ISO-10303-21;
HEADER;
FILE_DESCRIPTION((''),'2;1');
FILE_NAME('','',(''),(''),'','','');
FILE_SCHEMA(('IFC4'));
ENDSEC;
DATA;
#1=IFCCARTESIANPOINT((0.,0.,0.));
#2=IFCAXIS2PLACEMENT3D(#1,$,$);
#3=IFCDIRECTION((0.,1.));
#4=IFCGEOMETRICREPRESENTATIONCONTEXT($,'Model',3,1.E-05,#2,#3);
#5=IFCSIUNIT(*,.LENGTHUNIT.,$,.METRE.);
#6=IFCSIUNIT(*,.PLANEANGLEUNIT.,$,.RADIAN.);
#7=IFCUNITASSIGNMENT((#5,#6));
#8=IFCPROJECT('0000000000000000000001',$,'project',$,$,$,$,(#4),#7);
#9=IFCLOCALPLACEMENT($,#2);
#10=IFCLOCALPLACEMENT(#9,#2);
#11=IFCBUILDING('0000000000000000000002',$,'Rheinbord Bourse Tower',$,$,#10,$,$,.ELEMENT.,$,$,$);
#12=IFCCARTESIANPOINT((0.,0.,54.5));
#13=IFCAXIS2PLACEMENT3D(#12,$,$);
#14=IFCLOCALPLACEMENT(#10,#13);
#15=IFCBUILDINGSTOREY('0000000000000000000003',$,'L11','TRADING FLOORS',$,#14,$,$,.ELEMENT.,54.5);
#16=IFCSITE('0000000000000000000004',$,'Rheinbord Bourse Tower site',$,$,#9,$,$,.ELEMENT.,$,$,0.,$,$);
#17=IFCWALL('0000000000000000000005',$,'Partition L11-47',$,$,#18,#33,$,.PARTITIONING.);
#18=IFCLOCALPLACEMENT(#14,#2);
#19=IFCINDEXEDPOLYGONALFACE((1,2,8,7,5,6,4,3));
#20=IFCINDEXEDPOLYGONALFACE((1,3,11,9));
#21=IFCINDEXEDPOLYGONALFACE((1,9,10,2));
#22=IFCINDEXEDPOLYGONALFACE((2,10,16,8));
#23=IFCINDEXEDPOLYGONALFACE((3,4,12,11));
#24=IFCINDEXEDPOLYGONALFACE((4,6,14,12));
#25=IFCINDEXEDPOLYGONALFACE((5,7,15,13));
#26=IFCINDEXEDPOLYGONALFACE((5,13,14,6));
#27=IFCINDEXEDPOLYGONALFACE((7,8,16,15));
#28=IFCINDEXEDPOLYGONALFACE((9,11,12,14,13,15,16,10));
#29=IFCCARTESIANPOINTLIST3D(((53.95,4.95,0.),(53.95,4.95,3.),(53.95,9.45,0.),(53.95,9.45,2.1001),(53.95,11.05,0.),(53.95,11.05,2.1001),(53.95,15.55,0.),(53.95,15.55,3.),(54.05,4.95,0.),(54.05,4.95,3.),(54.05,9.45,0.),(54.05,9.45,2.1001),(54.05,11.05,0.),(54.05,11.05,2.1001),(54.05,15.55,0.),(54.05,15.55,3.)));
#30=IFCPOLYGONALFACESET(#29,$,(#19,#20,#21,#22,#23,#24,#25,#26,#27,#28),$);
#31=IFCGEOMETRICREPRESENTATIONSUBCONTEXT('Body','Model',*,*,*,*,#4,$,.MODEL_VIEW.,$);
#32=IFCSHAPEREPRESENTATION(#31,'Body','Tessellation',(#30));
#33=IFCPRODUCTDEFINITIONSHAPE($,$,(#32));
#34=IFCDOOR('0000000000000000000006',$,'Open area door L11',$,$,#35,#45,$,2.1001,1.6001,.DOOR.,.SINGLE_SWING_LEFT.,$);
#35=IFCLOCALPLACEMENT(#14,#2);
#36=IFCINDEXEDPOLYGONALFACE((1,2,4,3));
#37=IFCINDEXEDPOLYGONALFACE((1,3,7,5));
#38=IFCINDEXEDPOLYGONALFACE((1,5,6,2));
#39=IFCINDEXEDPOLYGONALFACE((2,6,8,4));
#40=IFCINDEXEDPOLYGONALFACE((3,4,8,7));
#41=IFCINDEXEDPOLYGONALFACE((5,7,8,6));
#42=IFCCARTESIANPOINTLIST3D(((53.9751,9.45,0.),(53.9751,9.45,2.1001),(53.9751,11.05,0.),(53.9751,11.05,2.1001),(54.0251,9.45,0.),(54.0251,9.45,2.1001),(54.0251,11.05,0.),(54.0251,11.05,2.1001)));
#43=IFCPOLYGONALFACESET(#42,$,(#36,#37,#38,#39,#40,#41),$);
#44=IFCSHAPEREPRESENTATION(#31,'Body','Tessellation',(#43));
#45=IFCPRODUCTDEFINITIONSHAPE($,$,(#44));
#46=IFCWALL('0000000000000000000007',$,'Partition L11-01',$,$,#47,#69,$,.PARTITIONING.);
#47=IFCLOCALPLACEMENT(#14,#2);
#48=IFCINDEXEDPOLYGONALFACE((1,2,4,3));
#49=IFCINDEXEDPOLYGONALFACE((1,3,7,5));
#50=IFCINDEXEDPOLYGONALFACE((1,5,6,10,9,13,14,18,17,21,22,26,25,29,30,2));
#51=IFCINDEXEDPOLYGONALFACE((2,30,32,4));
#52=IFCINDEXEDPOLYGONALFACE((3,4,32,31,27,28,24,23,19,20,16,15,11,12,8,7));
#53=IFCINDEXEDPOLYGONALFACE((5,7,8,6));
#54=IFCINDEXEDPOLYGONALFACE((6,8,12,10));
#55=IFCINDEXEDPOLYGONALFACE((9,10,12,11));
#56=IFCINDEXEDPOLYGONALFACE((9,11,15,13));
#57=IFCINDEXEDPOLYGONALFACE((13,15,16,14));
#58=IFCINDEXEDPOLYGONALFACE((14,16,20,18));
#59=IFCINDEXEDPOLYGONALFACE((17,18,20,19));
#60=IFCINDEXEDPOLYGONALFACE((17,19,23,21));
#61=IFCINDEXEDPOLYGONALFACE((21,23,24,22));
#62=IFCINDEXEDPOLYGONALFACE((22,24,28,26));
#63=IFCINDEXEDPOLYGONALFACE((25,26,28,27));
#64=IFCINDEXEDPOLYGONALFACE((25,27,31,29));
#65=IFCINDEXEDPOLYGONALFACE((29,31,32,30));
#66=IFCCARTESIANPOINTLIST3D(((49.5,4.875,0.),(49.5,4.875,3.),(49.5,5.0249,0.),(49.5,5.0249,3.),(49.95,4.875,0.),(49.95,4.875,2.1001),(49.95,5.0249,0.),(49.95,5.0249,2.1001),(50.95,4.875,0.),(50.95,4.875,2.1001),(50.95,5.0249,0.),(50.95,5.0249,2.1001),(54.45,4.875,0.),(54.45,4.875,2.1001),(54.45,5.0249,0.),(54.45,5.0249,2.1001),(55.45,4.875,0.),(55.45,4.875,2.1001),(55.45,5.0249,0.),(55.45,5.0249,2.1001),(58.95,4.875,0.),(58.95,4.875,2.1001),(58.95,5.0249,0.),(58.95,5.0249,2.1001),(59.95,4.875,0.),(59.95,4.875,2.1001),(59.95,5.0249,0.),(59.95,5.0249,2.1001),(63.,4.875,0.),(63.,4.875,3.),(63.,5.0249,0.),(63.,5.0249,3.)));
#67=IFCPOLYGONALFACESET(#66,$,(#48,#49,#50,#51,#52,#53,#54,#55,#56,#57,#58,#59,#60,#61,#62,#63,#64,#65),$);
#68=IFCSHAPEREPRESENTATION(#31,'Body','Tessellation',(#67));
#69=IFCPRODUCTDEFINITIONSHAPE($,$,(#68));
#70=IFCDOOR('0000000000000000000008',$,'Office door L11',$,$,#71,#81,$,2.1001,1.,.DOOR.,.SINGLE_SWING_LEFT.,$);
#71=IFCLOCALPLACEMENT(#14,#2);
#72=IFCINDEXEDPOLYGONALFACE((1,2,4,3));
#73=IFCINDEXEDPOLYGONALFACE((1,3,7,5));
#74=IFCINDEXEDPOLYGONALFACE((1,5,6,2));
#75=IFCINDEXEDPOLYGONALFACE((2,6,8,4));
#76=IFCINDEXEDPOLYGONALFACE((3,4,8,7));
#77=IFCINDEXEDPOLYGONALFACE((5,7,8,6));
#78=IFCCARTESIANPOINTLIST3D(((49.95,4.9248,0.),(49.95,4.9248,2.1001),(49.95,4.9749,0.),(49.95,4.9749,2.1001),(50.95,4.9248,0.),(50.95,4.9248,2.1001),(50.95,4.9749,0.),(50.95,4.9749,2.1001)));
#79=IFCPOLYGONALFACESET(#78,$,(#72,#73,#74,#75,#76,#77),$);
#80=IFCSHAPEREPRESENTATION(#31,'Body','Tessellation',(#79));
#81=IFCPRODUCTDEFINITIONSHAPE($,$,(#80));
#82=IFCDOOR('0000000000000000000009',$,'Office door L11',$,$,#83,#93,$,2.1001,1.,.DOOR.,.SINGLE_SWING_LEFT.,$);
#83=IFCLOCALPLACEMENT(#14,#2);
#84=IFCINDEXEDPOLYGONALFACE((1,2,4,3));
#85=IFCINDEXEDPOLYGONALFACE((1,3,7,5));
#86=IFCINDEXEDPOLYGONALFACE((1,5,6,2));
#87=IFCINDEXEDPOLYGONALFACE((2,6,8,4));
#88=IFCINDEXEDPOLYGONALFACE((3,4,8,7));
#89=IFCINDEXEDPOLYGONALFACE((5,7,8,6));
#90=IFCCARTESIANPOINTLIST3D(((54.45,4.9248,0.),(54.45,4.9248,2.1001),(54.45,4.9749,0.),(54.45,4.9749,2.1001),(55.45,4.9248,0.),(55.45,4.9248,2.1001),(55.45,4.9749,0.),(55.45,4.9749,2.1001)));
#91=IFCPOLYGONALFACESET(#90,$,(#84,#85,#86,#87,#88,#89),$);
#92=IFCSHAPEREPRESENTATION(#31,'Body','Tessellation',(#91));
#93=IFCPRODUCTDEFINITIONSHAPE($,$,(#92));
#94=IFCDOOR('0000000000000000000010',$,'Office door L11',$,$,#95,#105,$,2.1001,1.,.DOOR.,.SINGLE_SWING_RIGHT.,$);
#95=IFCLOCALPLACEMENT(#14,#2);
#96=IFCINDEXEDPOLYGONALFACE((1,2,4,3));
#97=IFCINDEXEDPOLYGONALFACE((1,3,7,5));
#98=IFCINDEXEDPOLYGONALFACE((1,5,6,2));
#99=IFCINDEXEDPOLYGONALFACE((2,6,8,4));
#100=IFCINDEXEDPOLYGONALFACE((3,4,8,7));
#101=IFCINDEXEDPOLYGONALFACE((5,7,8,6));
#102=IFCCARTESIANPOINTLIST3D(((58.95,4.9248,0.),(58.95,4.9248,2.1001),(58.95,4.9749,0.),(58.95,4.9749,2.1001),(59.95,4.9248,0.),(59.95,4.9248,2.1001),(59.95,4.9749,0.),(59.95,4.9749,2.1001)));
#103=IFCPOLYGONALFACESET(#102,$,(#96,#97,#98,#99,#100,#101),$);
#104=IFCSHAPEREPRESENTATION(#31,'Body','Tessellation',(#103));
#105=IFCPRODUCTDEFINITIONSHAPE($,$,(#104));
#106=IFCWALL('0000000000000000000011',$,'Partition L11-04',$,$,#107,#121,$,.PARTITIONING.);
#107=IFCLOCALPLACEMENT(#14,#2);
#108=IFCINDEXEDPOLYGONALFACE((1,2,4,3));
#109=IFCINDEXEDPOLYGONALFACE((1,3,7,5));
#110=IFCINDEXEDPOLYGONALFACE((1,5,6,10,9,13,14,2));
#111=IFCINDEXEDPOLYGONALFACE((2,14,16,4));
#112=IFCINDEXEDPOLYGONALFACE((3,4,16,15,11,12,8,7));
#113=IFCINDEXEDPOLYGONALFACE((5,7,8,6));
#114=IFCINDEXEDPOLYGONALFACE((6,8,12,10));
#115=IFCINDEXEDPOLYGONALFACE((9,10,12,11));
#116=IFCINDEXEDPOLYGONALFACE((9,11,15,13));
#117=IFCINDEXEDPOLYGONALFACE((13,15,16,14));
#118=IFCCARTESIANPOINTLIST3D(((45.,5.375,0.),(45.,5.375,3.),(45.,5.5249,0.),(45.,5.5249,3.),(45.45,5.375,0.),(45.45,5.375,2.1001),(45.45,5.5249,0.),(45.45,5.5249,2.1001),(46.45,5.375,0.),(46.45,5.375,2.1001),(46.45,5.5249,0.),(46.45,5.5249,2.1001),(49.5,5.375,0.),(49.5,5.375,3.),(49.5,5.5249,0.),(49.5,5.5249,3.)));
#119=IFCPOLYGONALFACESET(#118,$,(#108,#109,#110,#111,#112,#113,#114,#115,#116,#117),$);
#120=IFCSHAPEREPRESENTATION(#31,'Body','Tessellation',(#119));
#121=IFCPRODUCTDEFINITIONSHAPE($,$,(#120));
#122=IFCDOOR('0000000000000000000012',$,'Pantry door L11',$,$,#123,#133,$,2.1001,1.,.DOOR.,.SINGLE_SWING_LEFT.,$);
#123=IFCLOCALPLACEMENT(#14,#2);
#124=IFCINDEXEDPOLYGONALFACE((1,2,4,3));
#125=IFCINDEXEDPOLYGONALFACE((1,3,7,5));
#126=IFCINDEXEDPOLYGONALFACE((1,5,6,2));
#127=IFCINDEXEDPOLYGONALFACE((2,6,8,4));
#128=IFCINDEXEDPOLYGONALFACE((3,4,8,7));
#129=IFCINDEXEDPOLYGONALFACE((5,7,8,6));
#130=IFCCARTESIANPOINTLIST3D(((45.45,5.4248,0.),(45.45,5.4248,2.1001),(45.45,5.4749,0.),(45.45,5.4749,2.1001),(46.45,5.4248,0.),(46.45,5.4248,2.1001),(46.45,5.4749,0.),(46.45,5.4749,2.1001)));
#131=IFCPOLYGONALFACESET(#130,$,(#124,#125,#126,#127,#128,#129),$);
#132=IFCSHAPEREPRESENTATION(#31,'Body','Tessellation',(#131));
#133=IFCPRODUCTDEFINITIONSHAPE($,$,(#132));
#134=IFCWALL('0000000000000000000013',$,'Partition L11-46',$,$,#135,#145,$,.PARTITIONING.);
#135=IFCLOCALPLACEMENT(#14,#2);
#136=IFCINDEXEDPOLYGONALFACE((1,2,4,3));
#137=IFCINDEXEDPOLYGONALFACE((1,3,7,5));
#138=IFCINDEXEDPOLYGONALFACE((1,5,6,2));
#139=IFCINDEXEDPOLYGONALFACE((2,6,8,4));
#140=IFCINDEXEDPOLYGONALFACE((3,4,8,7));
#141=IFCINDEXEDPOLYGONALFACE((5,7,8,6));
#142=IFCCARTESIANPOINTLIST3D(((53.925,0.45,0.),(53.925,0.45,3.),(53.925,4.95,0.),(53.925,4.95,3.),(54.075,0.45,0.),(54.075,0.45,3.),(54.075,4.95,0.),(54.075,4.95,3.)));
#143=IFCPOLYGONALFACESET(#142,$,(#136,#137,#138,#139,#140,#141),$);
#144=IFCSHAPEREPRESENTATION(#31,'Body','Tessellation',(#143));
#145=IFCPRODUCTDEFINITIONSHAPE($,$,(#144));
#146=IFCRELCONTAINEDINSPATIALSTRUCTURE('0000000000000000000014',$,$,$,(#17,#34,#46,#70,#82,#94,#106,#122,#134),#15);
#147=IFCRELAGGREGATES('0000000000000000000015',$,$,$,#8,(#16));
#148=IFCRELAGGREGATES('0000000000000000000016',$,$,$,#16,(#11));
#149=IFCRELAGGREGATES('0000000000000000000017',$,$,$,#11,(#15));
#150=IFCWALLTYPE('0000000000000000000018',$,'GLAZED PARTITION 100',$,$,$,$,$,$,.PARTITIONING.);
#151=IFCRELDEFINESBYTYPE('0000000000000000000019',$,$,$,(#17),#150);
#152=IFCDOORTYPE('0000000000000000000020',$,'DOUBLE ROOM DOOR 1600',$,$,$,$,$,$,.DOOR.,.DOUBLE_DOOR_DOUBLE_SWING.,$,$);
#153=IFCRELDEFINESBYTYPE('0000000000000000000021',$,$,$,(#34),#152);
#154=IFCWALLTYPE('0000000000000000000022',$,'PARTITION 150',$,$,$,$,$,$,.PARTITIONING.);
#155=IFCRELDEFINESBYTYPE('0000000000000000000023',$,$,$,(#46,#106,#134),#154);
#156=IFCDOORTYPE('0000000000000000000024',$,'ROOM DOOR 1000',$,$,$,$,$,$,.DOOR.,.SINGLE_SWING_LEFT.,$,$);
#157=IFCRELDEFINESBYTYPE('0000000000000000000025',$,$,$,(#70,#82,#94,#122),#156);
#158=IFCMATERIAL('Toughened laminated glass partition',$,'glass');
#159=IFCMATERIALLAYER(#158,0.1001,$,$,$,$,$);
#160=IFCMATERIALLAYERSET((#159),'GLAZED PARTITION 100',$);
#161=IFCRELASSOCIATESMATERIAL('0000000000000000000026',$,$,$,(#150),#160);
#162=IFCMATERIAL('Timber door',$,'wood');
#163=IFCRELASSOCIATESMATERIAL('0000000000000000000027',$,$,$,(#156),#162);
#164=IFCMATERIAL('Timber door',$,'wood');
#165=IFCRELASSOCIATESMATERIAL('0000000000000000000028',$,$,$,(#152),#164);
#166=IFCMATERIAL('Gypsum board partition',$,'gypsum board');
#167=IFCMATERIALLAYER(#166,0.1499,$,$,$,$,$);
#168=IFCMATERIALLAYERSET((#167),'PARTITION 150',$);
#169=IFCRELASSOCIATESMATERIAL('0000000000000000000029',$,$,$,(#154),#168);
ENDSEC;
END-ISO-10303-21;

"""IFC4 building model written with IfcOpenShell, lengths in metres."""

from ifc_helpers import new_model, si_unit, direction, frame, frame_2d, origin, place, context, subcontext, project, spatial, rectangle, extrude, material, layer, layer_set, type_object, element, fill, save


model = new_model("IFC4")

# Units and contexts
model_context = context("Model", 3, precision=1e-05, world=origin(), true_north=direction((0.0, 1.0)))
body_context = subcontext(model_context, "Body", "Model", "MODEL_VIEW")
ifc_project = project(units=[si_unit("LENGTHUNIT", "METRE"), si_unit("PLANEANGLEUNIT", "RADIAN")], contexts=[model_context])

# Site, building, storey
site_placement = place(None, origin())
site = spatial("IfcSite", under=ifc_project, at=site_placement, Name="Rheinbord Bourse Tower site", CompositionType="ELEMENT", RefElevation=0.0)
building_placement = place(site_placement, origin())
building = spatial("IfcBuilding", under=site, at=building_placement, Name="Rheinbord Bourse Tower", CompositionType="ELEMENT")
storey_placement = place(building_placement, frame((0.0, 0.0, 54.5)))
storey = spatial("IfcBuildingStorey", under=building, at=storey_placement, Name="L11", Description="TRADING FLOORS", CompositionType="ELEMENT", Elevation=54.5)

# Shared definitions
ifc_material_1 = material(Name="Toughened laminated glass partition", Category="glass")
ifc_layer_1 = layer(ifc_material_1, 0.1001)
ifc_layer_set_1 = layer_set([ifc_layer_1], Name="GLAZED PARTITION 100")
wall_type_1 = type_object("IfcWallType", Name="GLAZED PARTITION 100", PredefinedType="PARTITIONING", material=ifc_layer_set_1)
ifc_material_2 = material(Name="Timber door", Category="wood")
door_type_1 = type_object("IfcDoorType", Name="ROOM DOOR 1000", OperationType="SINGLE_SWING_LEFT", PredefinedType="DOOR", material=ifc_material_2)

# Wall, opening, door
wall_1_placement = place(storey_placement, frame((54.0, 4.95, 0.0), z_axis=(0.0, 0.0, 1.0), x_axis=(0.0, 1.0, 0.0)))
wall_1 = element("IfcWall", 1, at=wall_1_placement, inside=storey, type_object=wall_type_1, Name="Partition L11-47", PredefinedType="PARTITIONING", context=body_context, shape_type="SweptSolid", body=[
    extrude(rectangle(XDim=10.6001, YDim=0.1001, at=frame_2d((5.3, 0.0))), origin(), (0.0, 0.0, 1.0), 3.0),
])
opening_1_placement = place(wall_1_placement, frame((4.5, 0.0, 0.0)))
opening_1 = element("IfcOpeningElement", 2, at=opening_1_placement, cuts=wall_1, PredefinedType="OPENING", context=body_context, shape_type="SweptSolid", body=[
    extrude(rectangle(XDim=1.6001, YDim=2.1001, at=frame_2d((0.8, 1.05))), frame((0.0, 0.0601, 0.0), z_axis=(0.0, -1.0, 0.0), x_axis=(1.0, 0.0, 0.0)), (0.0, 0.0, 1.0), 0.1201),
])
ifc_material_3 = material(Name="Timber door", Category="wood")
door_type_2 = type_object("IfcDoorType", Name="DOUBLE ROOM DOOR 1600", OperationType="DOUBLE_DOOR_DOUBLE_SWING", PredefinedType="DOOR", material=ifc_material_3)
door_1_placement = place(opening_1_placement, origin())
door_1 = element("IfcDoor", 3, at=door_1_placement, inside=storey, type_object=door_type_2, Name="Open area door L11", OperationType="SINGLE_SWING_LEFT", OverallHeight=2.1001, OverallWidth=1.6001, PredefinedType="DOOR", context=body_context, shape_type="SweptSolid", body=[
    extrude(rectangle(XDim=1.6001, YDim=2.1001, at=frame_2d((0.8, 1.05))), frame((0.0, 0.0249, 0.0), z_axis=(0.0, -1.0, 0.0), x_axis=(1.0, 0.0, 0.0)), (0.0, 0.0, 1.0), 0.05),
])
fill(opening_1, door_1)

# Wall, openings, doors
ifc_material_4 = material(Name="Gypsum board partition", Category="gypsum board")
ifc_layer_2 = layer(ifc_material_4, 0.1499)
ifc_layer_set_2 = layer_set([ifc_layer_2], Name="PARTITION 150")
wall_type_2 = type_object("IfcWallType", Name="PARTITION 150", PredefinedType="PARTITIONING", material=ifc_layer_set_2)
wall_2_placement = place(storey_placement, frame((49.5, 4.95, 0.0), z_axis=(0.0, 0.0, 1.0), x_axis=(1.0, 0.0, 0.0)))
wall_2 = element("IfcWall", 4, at=wall_2_placement, inside=storey, type_object=wall_type_2, Name="Partition L11-01", PredefinedType="PARTITIONING", context=body_context, shape_type="SweptSolid", body=[
    extrude(rectangle(XDim=13.5, YDim=0.1499, at=frame_2d((6.75, 0.0))), origin(), (0.0, 0.0, 1.0), 3.0),
])
opening_2_placement = place(wall_2_placement, frame((0.45, 0.0, 0.0)))
opening_2 = element("IfcOpeningElement", 5, at=opening_2_placement, cuts=wall_2, PredefinedType="OPENING", context=body_context, shape_type="SweptSolid", body=[
    extrude(rectangle(XDim=1.0, YDim=2.1001, at=frame_2d((0.5, 1.05))), frame((0.0, 0.085, 0.0), z_axis=(0.0, -1.0, 0.0), x_axis=(1.0, 0.0, 0.0)), (0.0, 0.0, 1.0), 0.1699),
])
opening_3_placement = place(wall_2_placement, frame((4.95, 0.0, 0.0)))
opening_3 = element("IfcOpeningElement", 6, at=opening_3_placement, cuts=wall_2, PredefinedType="OPENING", context=body_context, shape_type="SweptSolid", body=[
    extrude(rectangle(XDim=1.0, YDim=2.1001, at=frame_2d((0.5, 1.05))), frame((0.0, 0.085, 0.0), z_axis=(0.0, -1.0, 0.0), x_axis=(1.0, 0.0, 0.0)), (0.0, 0.0, 1.0), 0.1699),
])
opening_4_placement = place(wall_2_placement, frame((9.45, 0.0, 0.0)))
opening_4 = element("IfcOpeningElement", 7, at=opening_4_placement, cuts=wall_2, PredefinedType="OPENING", context=body_context, shape_type="SweptSolid", body=[
    extrude(rectangle(XDim=1.0, YDim=2.1001, at=frame_2d((0.5, 1.05))), frame((0.0, 0.085, 0.0), z_axis=(0.0, -1.0, 0.0), x_axis=(1.0, 0.0, 0.0)), (0.0, 0.0, 1.0), 0.1699),
])
door_2_placement = place(opening_2_placement, origin())
door_2 = element("IfcDoor", 8, at=door_2_placement, inside=storey, type_object=door_type_1, Name="Office door L11", OperationType="SINGLE_SWING_LEFT", OverallHeight=2.1001, OverallWidth=1.0, PredefinedType="DOOR", context=body_context, shape_type="SweptSolid", body=[
    extrude(rectangle(XDim=1.0, YDim=2.1001, at=frame_2d((0.5, 1.05))), frame((0.0, 0.0249, 0.0), z_axis=(0.0, -1.0, 0.0), x_axis=(1.0, 0.0, 0.0)), (0.0, 0.0, 1.0), 0.05),
])
fill(opening_2, door_2)
door_3_placement = place(opening_3_placement, origin())
door_3 = element("IfcDoor", 9, at=door_3_placement, inside=storey, type_object=door_type_1, Name="Office door L11", OperationType="SINGLE_SWING_LEFT", OverallHeight=2.1001, OverallWidth=1.0, PredefinedType="DOOR", context=body_context, shape_type="SweptSolid", body=[
    extrude(rectangle(XDim=1.0, YDim=2.1001, at=frame_2d((0.5, 1.05))), frame((0.0, 0.0249, 0.0), z_axis=(0.0, -1.0, 0.0), x_axis=(1.0, 0.0, 0.0)), (0.0, 0.0, 1.0), 0.05),
])
fill(opening_3, door_3)
door_4_placement = place(opening_4_placement, origin())
door_4 = element("IfcDoor", 10, at=door_4_placement, inside=storey, type_object=door_type_1, Name="Office door L11", OperationType="SINGLE_SWING_RIGHT", OverallHeight=2.1001, OverallWidth=1.0, PredefinedType="DOOR", context=body_context, shape_type="SweptSolid", body=[
    extrude(rectangle(XDim=1.0, YDim=2.1001, at=frame_2d((0.5, 1.05))), frame((0.0, 0.0249, 0.0), z_axis=(0.0, -1.0, 0.0), x_axis=(1.0, 0.0, 0.0)), (0.0, 0.0, 1.0), 0.05),
])
fill(opening_4, door_4)

# Wall, opening, door
wall_3_placement = place(storey_placement, frame((45.0, 5.45, 0.0), z_axis=(0.0, 0.0, 1.0), x_axis=(1.0, 0.0, 0.0)))
wall_3 = element("IfcWall", 11, at=wall_3_placement, inside=storey, type_object=wall_type_2, Name="Partition L11-04", PredefinedType="PARTITIONING", context=body_context, shape_type="SweptSolid", body=[
    extrude(rectangle(XDim=4.5, YDim=0.1499, at=frame_2d((2.25, 0.0))), origin(), (0.0, 0.0, 1.0), 3.0),
])
opening_5_placement = place(wall_3_placement, frame((0.45, 0.0, 0.0)))
opening_5 = element("IfcOpeningElement", 12, at=opening_5_placement, cuts=wall_3, PredefinedType="OPENING", context=body_context, shape_type="SweptSolid", body=[
    extrude(rectangle(XDim=1.0, YDim=2.1001, at=frame_2d((0.5, 1.05))), frame((0.0, 0.085, 0.0), z_axis=(0.0, -1.0, 0.0), x_axis=(1.0, 0.0, 0.0)), (0.0, 0.0, 1.0), 0.1699),
])
door_5_placement = place(opening_5_placement, origin())
door_5 = element("IfcDoor", 13, at=door_5_placement, inside=storey, type_object=door_type_1, Name="Pantry door L11", OperationType="SINGLE_SWING_LEFT", OverallHeight=2.1001, OverallWidth=1.0, PredefinedType="DOOR", context=body_context, shape_type="SweptSolid", body=[
    extrude(rectangle(XDim=1.0, YDim=2.1001, at=frame_2d((0.5, 1.05))), frame((0.0, 0.0249, 0.0), z_axis=(0.0, -1.0, 0.0), x_axis=(1.0, 0.0, 0.0)), (0.0, 0.0, 1.0), 0.05),
])
fill(opening_5, door_5)

# Wall
wall_4_placement = place(storey_placement, frame((54.0, 0.45, 0.0), z_axis=(0.0, 0.0, 1.0), x_axis=(0.0, 1.0, 0.0)))
element("IfcWall", 14, at=wall_4_placement, inside=storey, type_object=wall_type_2, Name="Partition L11-46", PredefinedType="PARTITIONING", context=body_context, shape_type="SweptSolid", body=[
    extrude(rectangle(XDim=4.5, YDim=0.1499, at=frame_2d((2.25, 0.0))), origin(), (0.0, 0.0, 1.0), 3.0),
])

save(model, "model.ifc")
